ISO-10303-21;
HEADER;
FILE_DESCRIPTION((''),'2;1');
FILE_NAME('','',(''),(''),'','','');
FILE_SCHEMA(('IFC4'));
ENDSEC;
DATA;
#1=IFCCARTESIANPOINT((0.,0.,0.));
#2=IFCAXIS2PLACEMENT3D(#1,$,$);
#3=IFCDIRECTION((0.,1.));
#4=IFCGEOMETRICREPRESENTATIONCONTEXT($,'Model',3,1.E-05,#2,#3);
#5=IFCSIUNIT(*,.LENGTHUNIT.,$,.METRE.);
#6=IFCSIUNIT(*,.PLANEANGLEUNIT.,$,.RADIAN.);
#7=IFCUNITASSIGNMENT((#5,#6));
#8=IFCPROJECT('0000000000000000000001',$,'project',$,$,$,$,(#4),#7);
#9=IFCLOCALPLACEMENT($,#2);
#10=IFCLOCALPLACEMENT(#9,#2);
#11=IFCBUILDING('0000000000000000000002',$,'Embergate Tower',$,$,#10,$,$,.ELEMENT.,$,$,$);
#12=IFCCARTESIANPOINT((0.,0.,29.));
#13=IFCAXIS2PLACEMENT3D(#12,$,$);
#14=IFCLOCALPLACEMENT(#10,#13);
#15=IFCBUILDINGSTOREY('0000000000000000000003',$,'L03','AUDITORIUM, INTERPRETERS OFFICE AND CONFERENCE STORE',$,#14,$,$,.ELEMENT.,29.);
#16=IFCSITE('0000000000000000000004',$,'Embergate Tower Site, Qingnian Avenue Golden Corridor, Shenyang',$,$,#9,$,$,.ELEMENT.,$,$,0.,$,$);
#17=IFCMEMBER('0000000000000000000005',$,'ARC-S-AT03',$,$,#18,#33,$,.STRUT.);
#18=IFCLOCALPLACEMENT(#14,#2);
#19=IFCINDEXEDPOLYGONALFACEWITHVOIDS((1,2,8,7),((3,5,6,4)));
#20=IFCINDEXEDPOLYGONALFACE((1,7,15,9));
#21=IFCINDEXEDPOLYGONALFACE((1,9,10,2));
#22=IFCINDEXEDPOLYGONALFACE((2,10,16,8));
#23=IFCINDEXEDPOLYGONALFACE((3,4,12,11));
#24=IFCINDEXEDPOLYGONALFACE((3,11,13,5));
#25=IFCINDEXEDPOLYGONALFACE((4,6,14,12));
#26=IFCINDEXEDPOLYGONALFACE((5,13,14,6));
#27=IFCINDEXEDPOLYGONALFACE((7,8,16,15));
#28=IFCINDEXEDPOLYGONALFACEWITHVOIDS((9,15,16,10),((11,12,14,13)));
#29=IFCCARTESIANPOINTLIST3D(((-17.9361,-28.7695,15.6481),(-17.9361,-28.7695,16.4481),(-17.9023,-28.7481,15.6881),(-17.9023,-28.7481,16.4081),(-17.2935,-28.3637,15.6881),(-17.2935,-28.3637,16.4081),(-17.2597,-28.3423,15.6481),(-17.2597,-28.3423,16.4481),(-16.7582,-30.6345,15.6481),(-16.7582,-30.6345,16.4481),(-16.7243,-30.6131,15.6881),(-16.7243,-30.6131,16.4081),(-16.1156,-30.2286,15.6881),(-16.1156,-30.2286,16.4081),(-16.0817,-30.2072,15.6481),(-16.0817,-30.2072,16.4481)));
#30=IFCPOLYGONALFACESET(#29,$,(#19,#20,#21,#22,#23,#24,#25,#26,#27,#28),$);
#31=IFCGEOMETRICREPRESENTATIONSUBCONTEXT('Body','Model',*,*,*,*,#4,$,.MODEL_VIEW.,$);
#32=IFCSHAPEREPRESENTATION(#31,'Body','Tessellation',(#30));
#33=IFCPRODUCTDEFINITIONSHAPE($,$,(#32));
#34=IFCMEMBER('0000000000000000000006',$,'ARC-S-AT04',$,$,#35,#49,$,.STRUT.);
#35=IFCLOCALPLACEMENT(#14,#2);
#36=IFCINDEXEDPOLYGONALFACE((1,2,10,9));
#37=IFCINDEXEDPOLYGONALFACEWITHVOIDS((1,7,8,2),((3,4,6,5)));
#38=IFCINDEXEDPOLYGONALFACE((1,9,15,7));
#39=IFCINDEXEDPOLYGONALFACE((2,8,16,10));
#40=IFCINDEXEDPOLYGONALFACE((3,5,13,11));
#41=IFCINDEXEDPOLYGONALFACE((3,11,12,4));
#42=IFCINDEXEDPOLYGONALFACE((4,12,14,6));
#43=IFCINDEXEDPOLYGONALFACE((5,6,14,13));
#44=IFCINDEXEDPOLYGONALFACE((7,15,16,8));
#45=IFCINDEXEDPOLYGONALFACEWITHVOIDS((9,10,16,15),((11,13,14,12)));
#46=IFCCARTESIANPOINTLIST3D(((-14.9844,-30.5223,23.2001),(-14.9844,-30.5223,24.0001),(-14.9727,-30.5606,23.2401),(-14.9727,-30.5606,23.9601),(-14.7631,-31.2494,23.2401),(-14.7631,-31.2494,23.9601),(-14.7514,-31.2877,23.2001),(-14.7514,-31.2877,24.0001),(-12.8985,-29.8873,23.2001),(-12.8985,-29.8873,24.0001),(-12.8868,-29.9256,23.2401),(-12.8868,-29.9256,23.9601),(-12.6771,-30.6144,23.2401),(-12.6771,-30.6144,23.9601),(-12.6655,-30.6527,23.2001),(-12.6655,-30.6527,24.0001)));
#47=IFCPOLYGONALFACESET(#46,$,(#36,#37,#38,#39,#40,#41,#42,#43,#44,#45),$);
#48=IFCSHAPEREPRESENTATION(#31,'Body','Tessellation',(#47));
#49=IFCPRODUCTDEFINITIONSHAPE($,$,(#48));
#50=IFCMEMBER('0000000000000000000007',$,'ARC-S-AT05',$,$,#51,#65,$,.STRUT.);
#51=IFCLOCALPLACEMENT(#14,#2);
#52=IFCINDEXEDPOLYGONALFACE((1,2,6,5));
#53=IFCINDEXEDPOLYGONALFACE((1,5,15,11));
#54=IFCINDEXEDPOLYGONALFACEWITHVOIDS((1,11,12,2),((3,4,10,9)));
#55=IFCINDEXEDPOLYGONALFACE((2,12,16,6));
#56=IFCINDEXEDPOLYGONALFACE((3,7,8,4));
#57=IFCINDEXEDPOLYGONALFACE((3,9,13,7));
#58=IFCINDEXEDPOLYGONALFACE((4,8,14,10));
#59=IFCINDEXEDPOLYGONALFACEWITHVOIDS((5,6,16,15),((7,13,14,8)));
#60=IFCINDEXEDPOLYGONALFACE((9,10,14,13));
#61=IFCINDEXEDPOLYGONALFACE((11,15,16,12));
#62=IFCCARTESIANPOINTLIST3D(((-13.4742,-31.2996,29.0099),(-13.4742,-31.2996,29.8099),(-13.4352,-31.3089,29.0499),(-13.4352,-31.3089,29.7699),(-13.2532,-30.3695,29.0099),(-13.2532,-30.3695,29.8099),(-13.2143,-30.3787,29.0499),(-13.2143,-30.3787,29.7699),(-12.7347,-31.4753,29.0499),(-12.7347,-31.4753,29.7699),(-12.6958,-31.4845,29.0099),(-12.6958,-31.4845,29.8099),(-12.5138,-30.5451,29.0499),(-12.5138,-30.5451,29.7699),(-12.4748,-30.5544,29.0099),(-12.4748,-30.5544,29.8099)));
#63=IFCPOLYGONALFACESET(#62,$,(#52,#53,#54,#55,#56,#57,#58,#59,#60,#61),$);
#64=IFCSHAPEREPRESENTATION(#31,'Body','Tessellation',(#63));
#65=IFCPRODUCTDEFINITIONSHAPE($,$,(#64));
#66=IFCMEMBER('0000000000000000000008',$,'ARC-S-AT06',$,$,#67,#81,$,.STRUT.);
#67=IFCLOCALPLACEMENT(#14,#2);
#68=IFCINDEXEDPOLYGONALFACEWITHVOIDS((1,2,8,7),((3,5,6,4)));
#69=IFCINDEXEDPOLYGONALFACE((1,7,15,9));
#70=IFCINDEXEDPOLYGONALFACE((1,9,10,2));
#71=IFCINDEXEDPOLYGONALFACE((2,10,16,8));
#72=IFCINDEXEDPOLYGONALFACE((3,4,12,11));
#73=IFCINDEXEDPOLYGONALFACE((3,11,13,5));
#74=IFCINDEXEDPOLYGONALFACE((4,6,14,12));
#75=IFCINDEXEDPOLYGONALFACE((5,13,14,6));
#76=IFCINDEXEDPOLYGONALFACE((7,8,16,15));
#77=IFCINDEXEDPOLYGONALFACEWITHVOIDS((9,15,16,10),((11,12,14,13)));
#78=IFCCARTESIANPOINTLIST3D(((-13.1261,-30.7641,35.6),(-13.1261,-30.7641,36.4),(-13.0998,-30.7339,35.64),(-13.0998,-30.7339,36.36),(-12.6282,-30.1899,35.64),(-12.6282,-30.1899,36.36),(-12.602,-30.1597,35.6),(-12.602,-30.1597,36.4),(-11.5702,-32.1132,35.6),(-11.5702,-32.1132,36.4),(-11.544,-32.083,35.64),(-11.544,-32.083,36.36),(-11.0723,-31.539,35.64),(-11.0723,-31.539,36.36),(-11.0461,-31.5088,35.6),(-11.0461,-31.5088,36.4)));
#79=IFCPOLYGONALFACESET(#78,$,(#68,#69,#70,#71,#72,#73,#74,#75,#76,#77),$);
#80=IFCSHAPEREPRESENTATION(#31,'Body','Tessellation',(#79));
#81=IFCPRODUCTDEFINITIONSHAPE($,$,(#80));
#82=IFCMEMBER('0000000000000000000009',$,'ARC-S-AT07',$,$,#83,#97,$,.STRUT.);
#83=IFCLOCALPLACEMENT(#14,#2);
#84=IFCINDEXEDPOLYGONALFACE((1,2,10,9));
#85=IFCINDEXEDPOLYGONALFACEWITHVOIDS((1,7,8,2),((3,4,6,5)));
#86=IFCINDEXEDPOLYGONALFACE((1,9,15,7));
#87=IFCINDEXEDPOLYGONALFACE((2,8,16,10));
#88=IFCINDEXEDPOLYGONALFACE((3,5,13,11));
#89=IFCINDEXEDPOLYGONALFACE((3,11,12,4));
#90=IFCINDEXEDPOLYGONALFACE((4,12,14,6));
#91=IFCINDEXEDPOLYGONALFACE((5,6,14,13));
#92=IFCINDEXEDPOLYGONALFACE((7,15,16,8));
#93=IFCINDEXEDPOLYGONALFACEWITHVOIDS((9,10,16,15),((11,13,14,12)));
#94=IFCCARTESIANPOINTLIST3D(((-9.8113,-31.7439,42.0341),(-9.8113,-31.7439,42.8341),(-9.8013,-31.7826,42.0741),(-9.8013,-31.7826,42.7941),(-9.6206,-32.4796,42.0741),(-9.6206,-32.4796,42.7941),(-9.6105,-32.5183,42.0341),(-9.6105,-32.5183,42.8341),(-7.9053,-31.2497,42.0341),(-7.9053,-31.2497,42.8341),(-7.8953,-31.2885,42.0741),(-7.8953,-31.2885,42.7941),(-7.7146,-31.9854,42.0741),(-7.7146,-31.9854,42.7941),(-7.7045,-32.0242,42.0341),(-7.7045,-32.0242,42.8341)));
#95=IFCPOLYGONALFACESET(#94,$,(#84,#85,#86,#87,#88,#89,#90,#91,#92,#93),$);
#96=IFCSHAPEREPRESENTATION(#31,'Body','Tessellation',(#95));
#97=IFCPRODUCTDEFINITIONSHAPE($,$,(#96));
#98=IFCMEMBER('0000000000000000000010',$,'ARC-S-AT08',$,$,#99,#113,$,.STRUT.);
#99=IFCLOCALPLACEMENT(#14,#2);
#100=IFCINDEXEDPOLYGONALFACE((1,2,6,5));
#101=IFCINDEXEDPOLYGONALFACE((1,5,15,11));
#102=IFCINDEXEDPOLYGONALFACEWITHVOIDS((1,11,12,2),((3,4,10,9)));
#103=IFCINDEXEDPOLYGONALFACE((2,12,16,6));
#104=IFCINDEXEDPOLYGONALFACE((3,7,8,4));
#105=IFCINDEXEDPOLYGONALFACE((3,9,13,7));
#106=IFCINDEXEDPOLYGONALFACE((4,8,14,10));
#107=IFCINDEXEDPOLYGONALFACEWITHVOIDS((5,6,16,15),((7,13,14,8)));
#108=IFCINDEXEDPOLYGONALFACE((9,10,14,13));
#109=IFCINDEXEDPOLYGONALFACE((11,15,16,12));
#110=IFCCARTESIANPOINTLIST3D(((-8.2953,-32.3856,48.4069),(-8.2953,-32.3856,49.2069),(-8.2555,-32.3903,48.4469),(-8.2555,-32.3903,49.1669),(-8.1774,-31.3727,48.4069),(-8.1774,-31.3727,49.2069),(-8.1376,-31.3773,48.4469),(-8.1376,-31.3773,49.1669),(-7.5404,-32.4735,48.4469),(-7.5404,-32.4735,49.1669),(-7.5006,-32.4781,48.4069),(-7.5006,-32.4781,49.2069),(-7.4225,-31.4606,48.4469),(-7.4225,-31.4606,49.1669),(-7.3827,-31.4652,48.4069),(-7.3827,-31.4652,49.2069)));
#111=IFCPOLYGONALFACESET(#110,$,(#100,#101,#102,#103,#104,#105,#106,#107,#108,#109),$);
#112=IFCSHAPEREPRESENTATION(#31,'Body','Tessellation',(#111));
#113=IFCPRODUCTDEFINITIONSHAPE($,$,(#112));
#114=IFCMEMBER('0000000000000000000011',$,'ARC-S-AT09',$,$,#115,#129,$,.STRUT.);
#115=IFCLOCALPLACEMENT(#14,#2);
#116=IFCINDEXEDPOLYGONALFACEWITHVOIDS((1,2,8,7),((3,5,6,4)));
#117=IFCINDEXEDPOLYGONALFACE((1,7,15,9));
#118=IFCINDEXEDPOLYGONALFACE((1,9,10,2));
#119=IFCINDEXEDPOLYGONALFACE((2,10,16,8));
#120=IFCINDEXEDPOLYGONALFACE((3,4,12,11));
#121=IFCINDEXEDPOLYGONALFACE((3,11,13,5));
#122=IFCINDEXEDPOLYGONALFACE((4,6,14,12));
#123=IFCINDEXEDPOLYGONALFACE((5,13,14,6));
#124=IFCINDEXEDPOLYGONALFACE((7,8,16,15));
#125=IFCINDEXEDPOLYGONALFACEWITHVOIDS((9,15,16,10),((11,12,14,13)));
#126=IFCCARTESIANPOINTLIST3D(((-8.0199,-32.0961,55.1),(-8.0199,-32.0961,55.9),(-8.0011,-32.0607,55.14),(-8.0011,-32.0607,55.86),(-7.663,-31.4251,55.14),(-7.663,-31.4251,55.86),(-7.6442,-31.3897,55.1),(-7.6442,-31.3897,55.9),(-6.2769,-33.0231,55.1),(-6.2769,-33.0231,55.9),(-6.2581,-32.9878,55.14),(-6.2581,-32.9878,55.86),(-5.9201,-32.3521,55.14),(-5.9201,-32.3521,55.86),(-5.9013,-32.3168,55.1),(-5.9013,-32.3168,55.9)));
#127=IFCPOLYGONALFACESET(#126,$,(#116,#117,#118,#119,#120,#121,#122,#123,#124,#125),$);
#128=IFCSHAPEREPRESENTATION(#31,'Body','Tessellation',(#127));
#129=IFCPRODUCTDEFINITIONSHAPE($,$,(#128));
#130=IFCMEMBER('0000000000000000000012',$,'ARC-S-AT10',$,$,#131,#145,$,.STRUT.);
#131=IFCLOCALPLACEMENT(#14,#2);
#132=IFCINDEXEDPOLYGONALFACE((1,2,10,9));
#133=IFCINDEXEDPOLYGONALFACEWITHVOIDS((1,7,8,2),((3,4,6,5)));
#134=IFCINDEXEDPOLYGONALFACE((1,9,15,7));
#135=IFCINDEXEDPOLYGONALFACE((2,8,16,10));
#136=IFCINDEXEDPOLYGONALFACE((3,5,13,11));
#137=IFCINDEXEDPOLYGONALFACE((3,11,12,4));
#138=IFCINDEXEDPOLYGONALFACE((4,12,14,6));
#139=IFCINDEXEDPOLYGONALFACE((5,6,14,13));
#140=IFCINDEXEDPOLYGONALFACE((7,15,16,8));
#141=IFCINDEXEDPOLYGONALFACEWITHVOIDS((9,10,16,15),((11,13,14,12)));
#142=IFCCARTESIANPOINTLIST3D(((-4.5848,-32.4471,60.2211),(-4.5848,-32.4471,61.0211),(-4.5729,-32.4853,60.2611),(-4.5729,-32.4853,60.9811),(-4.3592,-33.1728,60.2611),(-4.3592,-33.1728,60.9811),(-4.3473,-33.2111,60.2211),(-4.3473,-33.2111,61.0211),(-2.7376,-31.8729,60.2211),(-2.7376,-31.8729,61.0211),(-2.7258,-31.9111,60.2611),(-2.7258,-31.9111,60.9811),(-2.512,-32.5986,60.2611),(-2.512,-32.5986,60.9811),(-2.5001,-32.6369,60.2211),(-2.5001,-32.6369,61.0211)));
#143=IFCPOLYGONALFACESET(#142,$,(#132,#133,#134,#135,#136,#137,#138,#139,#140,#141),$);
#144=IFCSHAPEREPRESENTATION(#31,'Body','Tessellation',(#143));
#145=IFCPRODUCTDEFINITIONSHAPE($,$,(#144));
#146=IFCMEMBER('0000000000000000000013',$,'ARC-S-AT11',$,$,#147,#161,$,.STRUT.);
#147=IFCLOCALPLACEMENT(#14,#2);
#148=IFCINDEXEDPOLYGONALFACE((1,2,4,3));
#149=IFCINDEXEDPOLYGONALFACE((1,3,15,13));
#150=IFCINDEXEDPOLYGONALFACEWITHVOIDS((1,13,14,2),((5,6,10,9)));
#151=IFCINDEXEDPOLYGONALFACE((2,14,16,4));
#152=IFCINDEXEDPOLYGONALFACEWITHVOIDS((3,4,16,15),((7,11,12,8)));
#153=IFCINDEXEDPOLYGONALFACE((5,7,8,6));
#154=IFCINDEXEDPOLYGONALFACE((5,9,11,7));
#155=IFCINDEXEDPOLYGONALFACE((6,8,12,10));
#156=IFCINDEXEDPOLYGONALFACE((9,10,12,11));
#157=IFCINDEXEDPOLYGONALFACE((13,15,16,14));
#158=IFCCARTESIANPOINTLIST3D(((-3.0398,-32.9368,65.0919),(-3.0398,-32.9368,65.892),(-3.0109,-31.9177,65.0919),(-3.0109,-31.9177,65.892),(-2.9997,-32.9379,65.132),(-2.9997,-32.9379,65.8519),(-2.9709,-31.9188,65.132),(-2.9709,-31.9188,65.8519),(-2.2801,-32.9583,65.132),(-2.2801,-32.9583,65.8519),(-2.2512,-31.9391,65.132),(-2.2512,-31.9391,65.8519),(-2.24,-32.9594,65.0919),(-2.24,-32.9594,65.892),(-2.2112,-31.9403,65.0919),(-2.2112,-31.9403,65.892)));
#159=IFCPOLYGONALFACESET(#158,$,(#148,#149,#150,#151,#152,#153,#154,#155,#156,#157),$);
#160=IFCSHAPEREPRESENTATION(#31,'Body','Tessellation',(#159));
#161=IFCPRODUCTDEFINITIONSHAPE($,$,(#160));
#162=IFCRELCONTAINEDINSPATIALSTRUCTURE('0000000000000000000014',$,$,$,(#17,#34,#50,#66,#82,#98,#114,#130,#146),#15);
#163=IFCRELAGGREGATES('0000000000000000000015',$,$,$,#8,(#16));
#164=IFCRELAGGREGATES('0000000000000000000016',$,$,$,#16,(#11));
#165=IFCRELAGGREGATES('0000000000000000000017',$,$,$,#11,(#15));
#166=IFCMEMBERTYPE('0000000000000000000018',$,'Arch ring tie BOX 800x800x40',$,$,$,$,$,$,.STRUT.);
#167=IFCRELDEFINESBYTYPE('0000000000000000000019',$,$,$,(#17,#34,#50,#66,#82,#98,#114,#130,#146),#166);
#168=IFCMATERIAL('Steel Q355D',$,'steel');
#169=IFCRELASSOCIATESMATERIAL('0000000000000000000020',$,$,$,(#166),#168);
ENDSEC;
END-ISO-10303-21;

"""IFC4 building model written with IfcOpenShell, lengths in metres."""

from ifc_helpers import new_model, si_unit, direction, frame, origin, origin_2d, place, context, subcontext, project, spatial, hollow_rectangle, extrude, source, transform, mapped, material, material_profile, profile_set, type_object, element, save


model = new_model("IFC4")

# Units and contexts
model_context = context("Model", 3, precision=1e-05, world=origin(), true_north=direction((0.0, 1.0)))
body_context = subcontext(model_context, "Body", "Model", "MODEL_VIEW")
ifc_project = project(units=[si_unit("LENGTHUNIT", "METRE"), si_unit("PLANEANGLEUNIT", "RADIAN")], contexts=[model_context])

# Site, building, storey
site_placement = place(None, origin())
site = spatial("IfcSite", under=ifc_project, at=site_placement, Name="Embergate Tower Site, Qingnian Avenue Golden Corridor, Shenyang", CompositionType="ELEMENT", RefElevation=0.0)
building_placement = place(site_placement, origin())
building = spatial("IfcBuilding", under=site, at=building_placement, Name="Embergate Tower", CompositionType="ELEMENT")
storey_placement = place(building_placement, frame((0.0, 0.0, 29.0)))
storey = spatial("IfcBuildingStorey", under=building, at=storey_placement, Name="L03", Description="AUDITORIUM, INTERPRETERS OFFICE AND CONFERENCE STORE", CompositionType="ELEMENT", Elevation=29.0)

# Members
ifc_material_1 = material(Name="Steel Q355D", Category="steel")
ifc_material_profile_1 = material_profile(ifc_material_1, hollow_rectangle(XDim=0.8, YDim=0.8, WallThickness=0.04, at=origin_2d()), Name="BOX 800x800x40")
ifc_profile_set_1 = profile_set([ifc_material_profile_1], Name="Steel Q355 grade D")
member_type_1 = type_object("IfcMemberType", Name="Arch ring tie BOX 800x800x40", PredefinedType="STRUT", material=ifc_profile_set_1)
shared_shape_1 = source(origin(), body_context, "Body", "SweptSolid", [
    extrude(hollow_rectangle(XDim=0.8, YDim=0.8, WallThickness=0.04, at=origin_2d()), origin(), (0.0, 0.0, 1.0), 2.2058),
])
member_1_placement = place(storey_placement, frame((-17.5979, -28.5559, 16.0481), z_axis=(0.534022, -0.84547, 0.0), x_axis=(0.84547, 0.534022, 0.0)))
element("IfcMember", 1, at=member_1_placement, inside=storey, type_object=member_type_1, Name="ARC-S-AT03", PredefinedType="STRUT", context=body_context, shape_type="MappedRepresentation", body=[
    mapped(shared_shape_1, transform((0.0, 0.0, 0.0))),
])
shared_shape_2 = source(origin(), body_context, "Body", "SweptSolid", [
    extrude(hollow_rectangle(XDim=0.8, YDim=0.8, WallThickness=0.04, at=origin_2d()), origin(), (0.0, 0.0, 1.0), 2.1804),
])
member_2_placement = place(storey_placement, frame((-12.782, -30.27, 23.6001), z_axis=(-0.956654, -0.291228, 0.0), x_axis=(0.291228, -0.956654, 0.0)))
element("IfcMember", 2, at=member_2_placement, inside=storey, type_object=member_type_1, Name="ARC-S-AT04", PredefinedType="STRUT", context=body_context, shape_type="MappedRepresentation", body=[
    mapped(shared_shape_2, transform((0.0, 0.0, 0.0))),
])
shared_shape_3 = source(origin(), body_context, "Body", "SweptSolid", [
    extrude(hollow_rectangle(XDim=0.8, YDim=0.8, WallThickness=0.04, at=origin_2d()), origin(), (0.0, 0.0, 1.0), 0.9561),
])
member_3_placement = place(storey_placement, frame((-12.864, -30.4619, 29.4099), z_axis=(-0.231103, -0.972929, 0.0), x_axis=(0.972929, -0.231103, 0.0)))
element("IfcMember", 3, at=member_3_placement, inside=storey, type_object=member_type_1, Name="ARC-S-AT05", PredefinedType="STRUT", context=body_context, shape_type="MappedRepresentation", body=[
    mapped(shared_shape_3, transform((0.0, 0.0, 0.0))),
])
shared_shape_4 = source(origin(), body_context, "Body", "SweptSolid", [
    extrude(hollow_rectangle(XDim=0.8, YDim=0.8, WallThickness=0.04, at=origin_2d()), origin(), (0.0, 0.0, 1.0), 2.0593),
])
member_4_placement = place(storey_placement, frame((-12.864, -30.4619, 36.0), z_axis=(0.755529, -0.655116, 0.0), x_axis=(0.655116, 0.755529, 0.0)))
element("IfcMember", 4, at=member_4_placement, inside=storey, type_object=member_type_1, Name="ARC-S-AT06", PredefinedType="STRUT", context=body_context, shape_type="MappedRepresentation", body=[
    mapped(shared_shape_4, transform((0.0, 0.0, 0.0))),
])
shared_shape_5 = source(origin(), body_context, "Body", "SweptSolid", [
    extrude(hollow_rectangle(XDim=0.8, YDim=0.8, WallThickness=0.04, at=origin_2d()), origin(), (0.0, 0.0, 1.0), 1.969),
])
member_5_placement = place(storey_placement, frame((-7.8049, -31.637, 42.4341), z_axis=(-0.967998, -0.250958, 0.0), x_axis=(0.250958, -0.967998, 0.0)))
element("IfcMember", 5, at=member_5_placement, inside=storey, type_object=member_type_1, Name="ARC-S-AT07", PredefinedType="STRUT", context=body_context, shape_type="MappedRepresentation", body=[
    mapped(shared_shape_5, transform((0.0, 0.0, 0.0))),
])
shared_shape_6 = source(origin(), body_context, "Body", "SweptSolid", [
    extrude(hollow_rectangle(XDim=0.8, YDim=0.8, WallThickness=0.04, at=origin_2d()), origin(), (0.0, 0.0, 1.0), 1.0198),
])
member_6_placement = place(storey_placement, frame((-7.78, -31.4189, 48.8069), z_axis=(-0.115633, -0.993292, 0.0), x_axis=(0.993292, -0.115633, 0.0)))
element("IfcMember", 6, at=member_6_placement, inside=storey, type_object=member_type_1, Name="ARC-S-AT08", PredefinedType="STRUT", context=body_context, shape_type="MappedRepresentation", body=[
    mapped(shared_shape_6, transform((0.0, 0.0, 0.0))),
])
shared_shape_7 = source(origin(), body_context, "Body", "SweptSolid", [
    extrude(hollow_rectangle(XDim=0.8, YDim=0.8, WallThickness=0.04, at=origin_2d()), origin(), (0.0, 0.0, 1.0), 1.9741),
])
member_7_placement = place(storey_placement, frame((-7.832, -31.7429, 55.5), z_axis=(0.88289, -0.46958, 0.0), x_axis=(0.46958, 0.88289, 0.0)))
element("IfcMember", 7, at=member_7_placement, inside=storey, type_object=member_type_1, Name="ARC-S-AT09", PredefinedType="STRUT", context=body_context, shape_type="MappedRepresentation", body=[
    mapped(shared_shape_7, transform((0.0, 0.0, 0.0))),
])
shared_shape_8 = source(origin(), body_context, "Body", "SweptSolid", [
    extrude(hollow_rectangle(XDim=0.8, YDim=0.8, WallThickness=0.04, at=origin_2d()), origin(), (0.0, 0.0, 1.0), 1.9343),
])
member_8_placement = place(storey_placement, frame((-2.6189, -32.2549, 60.6211), z_axis=(-0.954924, -0.296852, 0.0), x_axis=(0.296852, -0.954924, 0.0)))
element("IfcMember", 8, at=member_8_placement, inside=storey, type_object=member_type_1, Name="ARC-S-AT10", PredefinedType="STRUT", context=body_context, shape_type="MappedRepresentation", body=[
    mapped(shared_shape_8, transform((0.0, 0.0, 0.0))),
])
shared_shape_9 = source(origin(), body_context, "Body", "SweptSolid", [
    extrude(hollow_rectangle(XDim=0.8, YDim=0.8, WallThickness=0.04, at=origin_2d()), origin(), (0.0, 0.0, 1.0), 1.0195),
])
member_9_placement = place(storey_placement, frame((-2.6111, -31.929, 65.4919), z_axis=(-0.028259, -0.999601, 0.0), x_axis=(0.999601, -0.028259, 0.0)))
element("IfcMember", 9, at=member_9_placement, inside=storey, type_object=member_type_1, Name="ARC-S-AT11", PredefinedType="STRUT", context=body_context, shape_type="MappedRepresentation", body=[
    mapped(shared_shape_9, transform((0.0, 0.0, 0.0))),
])

save(model, "model.ifc")
